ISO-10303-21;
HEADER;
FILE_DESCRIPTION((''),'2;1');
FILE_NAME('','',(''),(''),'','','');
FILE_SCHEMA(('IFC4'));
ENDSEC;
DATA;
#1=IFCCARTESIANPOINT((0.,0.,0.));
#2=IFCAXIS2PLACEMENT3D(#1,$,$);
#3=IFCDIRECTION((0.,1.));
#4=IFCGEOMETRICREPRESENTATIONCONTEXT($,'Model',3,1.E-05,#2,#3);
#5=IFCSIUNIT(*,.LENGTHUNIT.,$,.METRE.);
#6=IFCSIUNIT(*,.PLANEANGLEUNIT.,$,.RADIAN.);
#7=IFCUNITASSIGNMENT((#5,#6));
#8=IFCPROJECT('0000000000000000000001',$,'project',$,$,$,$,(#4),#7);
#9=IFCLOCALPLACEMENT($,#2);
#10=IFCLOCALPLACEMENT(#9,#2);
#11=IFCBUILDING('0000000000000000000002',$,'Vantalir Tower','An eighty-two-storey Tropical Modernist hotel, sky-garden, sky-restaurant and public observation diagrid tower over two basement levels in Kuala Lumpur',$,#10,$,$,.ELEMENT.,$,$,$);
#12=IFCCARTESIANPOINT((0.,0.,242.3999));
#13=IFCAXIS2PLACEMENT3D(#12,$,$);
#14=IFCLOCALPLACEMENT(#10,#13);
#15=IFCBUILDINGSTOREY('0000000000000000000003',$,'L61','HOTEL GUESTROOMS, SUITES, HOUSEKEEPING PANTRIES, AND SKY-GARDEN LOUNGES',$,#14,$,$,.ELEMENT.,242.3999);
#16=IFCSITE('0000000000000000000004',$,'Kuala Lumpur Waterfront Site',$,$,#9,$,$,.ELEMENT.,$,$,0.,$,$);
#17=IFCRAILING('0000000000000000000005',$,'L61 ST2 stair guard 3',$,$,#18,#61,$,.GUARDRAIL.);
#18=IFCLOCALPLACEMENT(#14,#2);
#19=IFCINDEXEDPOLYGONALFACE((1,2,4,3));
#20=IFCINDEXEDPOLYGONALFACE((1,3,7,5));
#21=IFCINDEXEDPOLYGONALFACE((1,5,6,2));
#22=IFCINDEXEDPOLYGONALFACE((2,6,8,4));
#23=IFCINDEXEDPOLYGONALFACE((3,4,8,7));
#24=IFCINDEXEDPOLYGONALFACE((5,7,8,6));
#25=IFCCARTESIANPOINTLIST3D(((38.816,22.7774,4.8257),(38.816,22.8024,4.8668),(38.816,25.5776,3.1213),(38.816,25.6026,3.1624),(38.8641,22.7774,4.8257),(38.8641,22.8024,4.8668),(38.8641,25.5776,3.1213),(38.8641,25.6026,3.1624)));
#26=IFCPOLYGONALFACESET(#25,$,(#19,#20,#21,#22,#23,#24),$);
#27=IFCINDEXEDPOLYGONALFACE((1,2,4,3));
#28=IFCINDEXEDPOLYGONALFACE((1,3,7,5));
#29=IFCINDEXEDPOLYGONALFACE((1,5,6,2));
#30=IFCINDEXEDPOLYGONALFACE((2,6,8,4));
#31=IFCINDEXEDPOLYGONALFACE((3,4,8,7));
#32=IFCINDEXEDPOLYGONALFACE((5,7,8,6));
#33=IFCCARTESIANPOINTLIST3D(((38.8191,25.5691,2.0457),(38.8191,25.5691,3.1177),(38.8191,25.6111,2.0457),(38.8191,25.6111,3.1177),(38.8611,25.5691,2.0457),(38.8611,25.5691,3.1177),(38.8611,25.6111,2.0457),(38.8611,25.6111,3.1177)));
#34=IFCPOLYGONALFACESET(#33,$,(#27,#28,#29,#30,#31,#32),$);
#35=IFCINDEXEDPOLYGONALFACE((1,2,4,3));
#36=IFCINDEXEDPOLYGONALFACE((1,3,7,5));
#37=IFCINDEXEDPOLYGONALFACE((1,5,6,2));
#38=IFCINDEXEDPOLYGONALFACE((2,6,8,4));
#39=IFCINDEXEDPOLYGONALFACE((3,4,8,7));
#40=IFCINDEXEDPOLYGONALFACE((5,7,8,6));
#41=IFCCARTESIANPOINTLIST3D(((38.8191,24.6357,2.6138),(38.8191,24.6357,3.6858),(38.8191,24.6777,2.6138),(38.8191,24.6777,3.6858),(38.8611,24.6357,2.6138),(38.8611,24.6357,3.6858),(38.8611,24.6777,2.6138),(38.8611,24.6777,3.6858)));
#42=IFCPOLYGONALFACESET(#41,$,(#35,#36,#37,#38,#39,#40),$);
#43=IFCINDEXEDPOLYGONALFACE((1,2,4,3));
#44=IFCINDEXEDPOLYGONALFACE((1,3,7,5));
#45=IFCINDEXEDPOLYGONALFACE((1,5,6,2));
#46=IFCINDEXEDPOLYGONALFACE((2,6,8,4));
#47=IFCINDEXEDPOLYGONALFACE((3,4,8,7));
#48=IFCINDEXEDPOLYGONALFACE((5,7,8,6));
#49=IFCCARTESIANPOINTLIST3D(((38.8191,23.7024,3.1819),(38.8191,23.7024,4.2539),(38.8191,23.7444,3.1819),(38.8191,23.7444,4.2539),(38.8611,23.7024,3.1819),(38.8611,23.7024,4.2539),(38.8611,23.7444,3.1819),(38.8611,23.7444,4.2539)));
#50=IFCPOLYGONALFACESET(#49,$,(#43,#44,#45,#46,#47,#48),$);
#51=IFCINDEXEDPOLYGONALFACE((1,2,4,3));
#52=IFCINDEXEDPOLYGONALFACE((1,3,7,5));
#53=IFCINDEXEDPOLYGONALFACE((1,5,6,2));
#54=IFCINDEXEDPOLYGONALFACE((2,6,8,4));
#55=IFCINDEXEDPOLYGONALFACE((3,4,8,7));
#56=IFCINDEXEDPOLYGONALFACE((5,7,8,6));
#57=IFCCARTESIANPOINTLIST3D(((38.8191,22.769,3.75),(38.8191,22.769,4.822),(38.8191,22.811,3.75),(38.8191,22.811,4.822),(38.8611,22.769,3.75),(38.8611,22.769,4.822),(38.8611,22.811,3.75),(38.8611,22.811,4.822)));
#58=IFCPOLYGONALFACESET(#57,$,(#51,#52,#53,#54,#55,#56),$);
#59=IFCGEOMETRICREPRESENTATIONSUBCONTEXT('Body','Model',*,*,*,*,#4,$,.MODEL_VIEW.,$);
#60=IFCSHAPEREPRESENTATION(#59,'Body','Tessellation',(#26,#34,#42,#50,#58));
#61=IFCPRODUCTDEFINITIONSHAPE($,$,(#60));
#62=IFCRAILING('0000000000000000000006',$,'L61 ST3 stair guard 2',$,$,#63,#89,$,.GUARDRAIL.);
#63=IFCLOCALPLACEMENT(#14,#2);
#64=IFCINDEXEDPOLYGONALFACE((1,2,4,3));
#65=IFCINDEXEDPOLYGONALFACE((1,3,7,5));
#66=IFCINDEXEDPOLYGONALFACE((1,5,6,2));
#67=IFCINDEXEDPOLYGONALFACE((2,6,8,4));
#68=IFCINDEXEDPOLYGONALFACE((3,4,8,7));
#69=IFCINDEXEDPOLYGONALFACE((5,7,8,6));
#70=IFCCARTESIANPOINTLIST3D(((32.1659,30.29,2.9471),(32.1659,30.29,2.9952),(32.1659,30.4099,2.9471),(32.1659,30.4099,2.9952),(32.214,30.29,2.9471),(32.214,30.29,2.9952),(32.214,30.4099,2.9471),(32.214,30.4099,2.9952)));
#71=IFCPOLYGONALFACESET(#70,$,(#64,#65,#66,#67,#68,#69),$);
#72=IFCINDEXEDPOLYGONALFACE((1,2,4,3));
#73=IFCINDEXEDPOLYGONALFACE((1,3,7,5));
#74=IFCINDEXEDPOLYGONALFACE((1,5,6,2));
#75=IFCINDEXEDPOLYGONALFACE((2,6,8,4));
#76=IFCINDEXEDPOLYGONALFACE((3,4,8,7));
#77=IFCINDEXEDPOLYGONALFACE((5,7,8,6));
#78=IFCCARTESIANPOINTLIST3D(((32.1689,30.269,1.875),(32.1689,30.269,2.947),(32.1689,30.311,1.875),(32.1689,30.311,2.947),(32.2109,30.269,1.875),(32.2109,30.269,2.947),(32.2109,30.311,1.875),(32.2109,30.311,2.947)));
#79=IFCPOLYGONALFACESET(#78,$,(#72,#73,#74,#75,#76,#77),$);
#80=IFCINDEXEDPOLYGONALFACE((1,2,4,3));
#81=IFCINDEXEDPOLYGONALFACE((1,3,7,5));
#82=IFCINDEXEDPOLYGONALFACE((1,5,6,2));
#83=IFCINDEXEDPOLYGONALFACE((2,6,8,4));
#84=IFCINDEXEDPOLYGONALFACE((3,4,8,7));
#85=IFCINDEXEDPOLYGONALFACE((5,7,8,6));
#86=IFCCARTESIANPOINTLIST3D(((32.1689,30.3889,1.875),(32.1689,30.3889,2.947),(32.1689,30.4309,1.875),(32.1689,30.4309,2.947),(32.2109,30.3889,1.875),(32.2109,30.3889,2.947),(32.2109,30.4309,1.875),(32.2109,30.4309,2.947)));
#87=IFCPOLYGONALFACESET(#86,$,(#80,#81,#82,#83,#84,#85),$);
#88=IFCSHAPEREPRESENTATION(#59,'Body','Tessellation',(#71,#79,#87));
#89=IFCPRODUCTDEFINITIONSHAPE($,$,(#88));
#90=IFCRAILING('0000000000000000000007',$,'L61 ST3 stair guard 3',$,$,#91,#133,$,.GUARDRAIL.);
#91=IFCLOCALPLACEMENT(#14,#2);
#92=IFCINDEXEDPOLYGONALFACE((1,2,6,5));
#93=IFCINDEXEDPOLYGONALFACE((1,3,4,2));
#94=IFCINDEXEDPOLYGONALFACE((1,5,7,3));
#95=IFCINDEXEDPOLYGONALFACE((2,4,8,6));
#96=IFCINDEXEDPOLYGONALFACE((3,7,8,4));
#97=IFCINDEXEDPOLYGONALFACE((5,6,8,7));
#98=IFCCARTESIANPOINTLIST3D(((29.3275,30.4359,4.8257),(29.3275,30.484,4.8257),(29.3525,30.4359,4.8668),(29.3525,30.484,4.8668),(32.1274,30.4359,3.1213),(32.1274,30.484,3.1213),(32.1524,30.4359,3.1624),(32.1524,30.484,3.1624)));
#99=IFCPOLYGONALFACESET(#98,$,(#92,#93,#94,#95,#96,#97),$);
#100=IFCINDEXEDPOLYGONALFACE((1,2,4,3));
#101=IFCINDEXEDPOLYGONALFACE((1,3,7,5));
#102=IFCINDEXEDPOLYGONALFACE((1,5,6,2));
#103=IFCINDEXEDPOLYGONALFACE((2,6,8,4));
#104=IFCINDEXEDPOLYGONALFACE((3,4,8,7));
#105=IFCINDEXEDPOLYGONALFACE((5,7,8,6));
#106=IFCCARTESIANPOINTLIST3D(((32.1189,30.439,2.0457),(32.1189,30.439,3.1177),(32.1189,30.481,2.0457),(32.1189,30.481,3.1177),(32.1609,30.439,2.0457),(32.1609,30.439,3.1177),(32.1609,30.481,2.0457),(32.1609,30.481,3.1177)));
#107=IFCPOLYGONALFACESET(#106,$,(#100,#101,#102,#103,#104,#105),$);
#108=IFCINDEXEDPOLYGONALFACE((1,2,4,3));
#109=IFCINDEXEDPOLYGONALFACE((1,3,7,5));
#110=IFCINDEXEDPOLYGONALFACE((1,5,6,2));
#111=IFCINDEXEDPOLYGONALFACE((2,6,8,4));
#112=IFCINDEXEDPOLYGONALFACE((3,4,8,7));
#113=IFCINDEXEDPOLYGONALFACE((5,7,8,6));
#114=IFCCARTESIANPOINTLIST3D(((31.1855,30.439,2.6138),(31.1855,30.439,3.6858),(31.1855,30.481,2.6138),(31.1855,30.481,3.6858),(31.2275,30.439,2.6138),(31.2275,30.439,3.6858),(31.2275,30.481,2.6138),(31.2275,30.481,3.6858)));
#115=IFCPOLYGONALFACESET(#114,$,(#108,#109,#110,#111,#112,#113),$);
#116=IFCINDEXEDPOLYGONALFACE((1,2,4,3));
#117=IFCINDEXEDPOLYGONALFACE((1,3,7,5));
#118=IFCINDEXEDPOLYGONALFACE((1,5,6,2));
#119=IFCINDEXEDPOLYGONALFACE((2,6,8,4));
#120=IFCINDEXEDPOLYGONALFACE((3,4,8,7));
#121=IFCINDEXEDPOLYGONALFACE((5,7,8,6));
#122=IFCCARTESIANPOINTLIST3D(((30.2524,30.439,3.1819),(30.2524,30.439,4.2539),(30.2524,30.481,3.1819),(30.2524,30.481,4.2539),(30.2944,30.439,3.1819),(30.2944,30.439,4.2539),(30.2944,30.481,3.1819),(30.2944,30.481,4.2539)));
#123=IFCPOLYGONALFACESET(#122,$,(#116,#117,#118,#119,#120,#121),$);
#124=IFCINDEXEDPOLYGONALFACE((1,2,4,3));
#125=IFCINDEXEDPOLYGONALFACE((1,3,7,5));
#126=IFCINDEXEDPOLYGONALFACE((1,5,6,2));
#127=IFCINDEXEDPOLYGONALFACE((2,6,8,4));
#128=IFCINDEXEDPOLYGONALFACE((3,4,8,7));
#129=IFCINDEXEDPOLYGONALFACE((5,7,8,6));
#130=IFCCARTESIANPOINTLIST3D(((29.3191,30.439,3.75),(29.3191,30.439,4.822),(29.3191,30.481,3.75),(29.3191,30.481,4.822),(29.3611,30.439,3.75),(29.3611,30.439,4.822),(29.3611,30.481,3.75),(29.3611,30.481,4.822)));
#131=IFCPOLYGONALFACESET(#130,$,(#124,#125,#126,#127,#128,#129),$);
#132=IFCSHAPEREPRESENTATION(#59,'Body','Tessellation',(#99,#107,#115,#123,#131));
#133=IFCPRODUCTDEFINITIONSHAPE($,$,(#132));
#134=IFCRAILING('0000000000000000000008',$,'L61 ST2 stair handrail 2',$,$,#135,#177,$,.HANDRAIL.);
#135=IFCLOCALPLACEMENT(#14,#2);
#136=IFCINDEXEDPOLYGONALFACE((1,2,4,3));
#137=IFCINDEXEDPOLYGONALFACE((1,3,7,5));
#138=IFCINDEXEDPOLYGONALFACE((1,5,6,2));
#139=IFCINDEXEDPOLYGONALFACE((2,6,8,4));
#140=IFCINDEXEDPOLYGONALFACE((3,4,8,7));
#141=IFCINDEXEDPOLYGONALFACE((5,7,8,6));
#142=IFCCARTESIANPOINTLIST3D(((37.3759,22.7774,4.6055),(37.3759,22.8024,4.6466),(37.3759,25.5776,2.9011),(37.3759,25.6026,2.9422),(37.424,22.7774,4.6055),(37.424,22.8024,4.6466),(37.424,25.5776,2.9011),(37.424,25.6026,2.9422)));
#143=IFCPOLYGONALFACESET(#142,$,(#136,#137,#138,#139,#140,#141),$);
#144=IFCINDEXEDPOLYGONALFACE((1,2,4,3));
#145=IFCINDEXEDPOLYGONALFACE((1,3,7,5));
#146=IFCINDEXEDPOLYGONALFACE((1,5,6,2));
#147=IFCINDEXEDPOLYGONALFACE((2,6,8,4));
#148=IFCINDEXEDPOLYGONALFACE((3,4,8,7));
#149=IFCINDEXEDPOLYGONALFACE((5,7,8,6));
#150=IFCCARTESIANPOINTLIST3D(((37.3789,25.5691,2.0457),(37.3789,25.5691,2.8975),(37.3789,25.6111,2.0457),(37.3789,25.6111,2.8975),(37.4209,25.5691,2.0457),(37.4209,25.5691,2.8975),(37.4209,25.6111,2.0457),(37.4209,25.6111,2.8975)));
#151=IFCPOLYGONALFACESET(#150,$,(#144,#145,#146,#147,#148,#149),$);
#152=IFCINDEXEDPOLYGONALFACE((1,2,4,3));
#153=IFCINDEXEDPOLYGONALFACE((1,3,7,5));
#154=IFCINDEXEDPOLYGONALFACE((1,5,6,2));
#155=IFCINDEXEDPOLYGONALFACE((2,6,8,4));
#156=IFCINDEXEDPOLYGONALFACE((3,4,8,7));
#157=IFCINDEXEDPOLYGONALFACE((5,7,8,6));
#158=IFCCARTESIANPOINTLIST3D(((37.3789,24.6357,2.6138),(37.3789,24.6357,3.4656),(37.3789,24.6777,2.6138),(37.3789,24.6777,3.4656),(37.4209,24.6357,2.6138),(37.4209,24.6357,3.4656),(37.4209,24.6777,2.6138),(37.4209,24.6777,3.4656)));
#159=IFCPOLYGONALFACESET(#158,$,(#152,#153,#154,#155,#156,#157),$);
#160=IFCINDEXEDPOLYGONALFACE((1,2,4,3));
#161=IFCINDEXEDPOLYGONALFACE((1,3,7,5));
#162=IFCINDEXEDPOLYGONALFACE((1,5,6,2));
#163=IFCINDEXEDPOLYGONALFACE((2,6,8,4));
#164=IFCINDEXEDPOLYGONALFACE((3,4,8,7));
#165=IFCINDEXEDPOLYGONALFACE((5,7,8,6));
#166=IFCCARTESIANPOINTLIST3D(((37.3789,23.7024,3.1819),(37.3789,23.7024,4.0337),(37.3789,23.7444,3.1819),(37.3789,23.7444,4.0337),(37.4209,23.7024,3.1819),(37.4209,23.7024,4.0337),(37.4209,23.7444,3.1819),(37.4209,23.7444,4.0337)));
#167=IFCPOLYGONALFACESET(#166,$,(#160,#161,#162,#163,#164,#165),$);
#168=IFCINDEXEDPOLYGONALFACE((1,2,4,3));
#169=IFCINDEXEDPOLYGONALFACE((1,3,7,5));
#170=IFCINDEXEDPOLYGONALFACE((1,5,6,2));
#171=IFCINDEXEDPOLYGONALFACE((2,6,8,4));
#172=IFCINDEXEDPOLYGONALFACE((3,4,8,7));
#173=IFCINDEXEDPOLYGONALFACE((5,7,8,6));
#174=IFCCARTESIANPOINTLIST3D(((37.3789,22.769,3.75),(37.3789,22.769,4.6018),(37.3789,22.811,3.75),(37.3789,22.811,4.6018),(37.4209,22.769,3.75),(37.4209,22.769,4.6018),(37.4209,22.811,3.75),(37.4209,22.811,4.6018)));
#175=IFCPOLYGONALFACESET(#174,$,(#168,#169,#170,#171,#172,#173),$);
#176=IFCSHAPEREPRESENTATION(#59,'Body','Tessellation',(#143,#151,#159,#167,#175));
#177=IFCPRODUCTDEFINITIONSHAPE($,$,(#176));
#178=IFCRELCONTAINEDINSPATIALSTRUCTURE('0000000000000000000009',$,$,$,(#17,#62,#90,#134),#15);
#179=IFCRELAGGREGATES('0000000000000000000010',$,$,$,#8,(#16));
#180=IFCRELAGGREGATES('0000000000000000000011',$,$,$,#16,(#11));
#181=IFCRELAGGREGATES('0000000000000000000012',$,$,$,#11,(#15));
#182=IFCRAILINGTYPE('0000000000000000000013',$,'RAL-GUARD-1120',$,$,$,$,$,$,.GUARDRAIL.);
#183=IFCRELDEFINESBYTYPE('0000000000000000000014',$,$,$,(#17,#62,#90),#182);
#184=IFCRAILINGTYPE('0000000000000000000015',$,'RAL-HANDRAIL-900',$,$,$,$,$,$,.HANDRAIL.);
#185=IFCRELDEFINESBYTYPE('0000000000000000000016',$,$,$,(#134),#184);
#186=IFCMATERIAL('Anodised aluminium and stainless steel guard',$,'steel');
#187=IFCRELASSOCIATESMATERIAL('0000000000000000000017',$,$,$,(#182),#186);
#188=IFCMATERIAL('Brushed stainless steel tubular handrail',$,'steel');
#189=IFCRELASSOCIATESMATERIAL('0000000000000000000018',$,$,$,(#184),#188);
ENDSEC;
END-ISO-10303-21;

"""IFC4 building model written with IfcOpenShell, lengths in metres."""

from ifc_helpers import new_model, si_unit, direction, frame, origin, origin_2d, place, context, subcontext, project, spatial, rectangle, extrude, material, type_object, element, save


model = new_model("IFC4")

# Units and contexts
model_context = context("Model", 3, precision=1e-05, world=origin(), true_north=direction((0.0, 1.0)))
body_context = subcontext(model_context, "Body", "Model", "MODEL_VIEW")
ifc_project = project(units=[si_unit("LENGTHUNIT", "METRE"), si_unit("PLANEANGLEUNIT", "RADIAN")], contexts=[model_context])

# Site, building, storey
site_placement = place(None, origin())
site = spatial("IfcSite", under=ifc_project, at=site_placement, Name="Kuala Lumpur Waterfront Site", CompositionType="ELEMENT", RefElevation=0.0)
building_placement = place(site_placement, origin())
building = spatial("IfcBuilding", under=site, at=building_placement, Name="Vantalir Tower", Description="An eighty-two-storey Tropical Modernist hotel, sky-garden, sky-restaurant and public observation diagrid tower over two basement levels in Kuala Lumpur", CompositionType="ELEMENT")
storey_placement = place(building_placement, frame((0.0, 0.0, 242.3999)))
storey = spatial("IfcBuildingStorey", under=building, at=storey_placement, Name="L61", Description="HOTEL GUESTROOMS, SUITES, HOUSEKEEPING PANTRIES, AND SKY-GARDEN LOUNGES", CompositionType="ELEMENT", Elevation=242.3999)

# Railings
ifc_material_1 = material(Name="Anodised aluminium and stainless steel guard", Category="steel")
railing_type_1 = type_object("IfcRailingType", Name="RAL-GUARD-1120", PredefinedType="GUARDRAIL", material=ifc_material_1)
railing_1_placement = place(storey_placement, frame((38.8401, 25.5901, 2.0457)))
element("IfcRailing", 1, at=railing_1_placement, inside=storey, type_object=railing_type_1, Name="L61 ST2 stair guard 3", PredefinedType="GUARDRAIL", context=body_context, shape_type="SweptSolid", body=[
    extrude(rectangle(XDim=0.0481, YDim=0.0481, at=origin_2d()), frame((0.0, 0.0, 1.0962), z_axis=(0.0, -0.854203, 0.51994), x_axis=(1.0, 0.0, 0.0)), (0.0, 0.0, 1.0), 3.2781),
    extrude(rectangle(XDim=0.042, YDim=0.042, at=origin_2d()), origin(), (0.0, 0.0, 1.0), 1.072),
    extrude(rectangle(XDim=0.042, YDim=0.042, at=origin_2d()), frame((0.0, -0.9333, 0.5681)), (0.0, 0.0, 1.0), 1.072),
    extrude(rectangle(XDim=0.042, YDim=0.042, at=origin_2d()), frame((0.0, -1.8667, 1.1362)), (0.0, 0.0, 1.0), 1.072),
    extrude(rectangle(XDim=0.042, YDim=0.042, at=origin_2d()), frame((0.0, -2.8, 1.7043)), (0.0, 0.0, 1.0), 1.072),
])
railing_2_placement = place(storey_placement, frame((32.1899, 30.29, 1.875)))
element("IfcRailing", 2, at=railing_2_placement, inside=storey, type_object=railing_type_1, Name="L61 ST3 stair guard 2", PredefinedType="GUARDRAIL", context=body_context, shape_type="SweptSolid", body=[
    extrude(rectangle(XDim=0.0481, YDim=0.0481, at=origin_2d()), frame((0.0, 0.0, 1.0962), z_axis=(0.0, 1.0, 0.0), x_axis=(-1.0, 0.0, 0.0)), (0.0, 0.0, 1.0), 0.1199),
    extrude(rectangle(XDim=0.042, YDim=0.042, at=origin_2d()), origin(), (0.0, 0.0, 1.0), 1.072),
    extrude(rectangle(XDim=0.042, YDim=0.042, at=origin_2d()), frame((0.0, 0.1199, 0.0)), (0.0, 0.0, 1.0), 1.072),
])
railing_3_placement = place(storey_placement, frame((32.1399, 30.46, 2.0457)))
element("IfcRailing", 3, at=railing_3_placement, inside=storey, type_object=railing_type_1, Name="L61 ST3 stair guard 3", PredefinedType="GUARDRAIL", context=body_context, shape_type="SweptSolid", body=[
    extrude(rectangle(XDim=0.0481, YDim=0.0481, at=origin_2d()), frame((0.0, 0.0, 1.0962), z_axis=(-0.854183, 0.0, 0.519973), x_axis=(0.0, -1.0, 0.0)), (0.0, 0.0, 1.0), 3.2778),
    extrude(rectangle(XDim=0.042, YDim=0.042, at=origin_2d()), origin(), (0.0, 0.0, 1.0), 1.072),
    extrude(rectangle(XDim=0.042, YDim=0.042, at=origin_2d()), frame((-0.9333, 0.0, 0.5681)), (0.0, 0.0, 1.0), 1.072),
    extrude(rectangle(XDim=0.042, YDim=0.042, at=origin_2d()), frame((-1.8665, 0.0, 1.1362)), (0.0, 0.0, 1.0), 1.072),
    extrude(rectangle(XDim=0.042, YDim=0.042, at=origin_2d()), frame((-2.7998, 0.0, 1.7043)), (0.0, 0.0, 1.0), 1.072),
])
ifc_material_2 = material(Name="Brushed stainless steel tubular handrail", Category="steel")
railing_type_2 = type_object("IfcRailingType", Name="RAL-HANDRAIL-900", PredefinedType="HANDRAIL", material=ifc_material_2)
railing_4_placement = place(storey_placement, frame((37.3999, 25.5901, 2.0457)))
element("IfcRailing", 4, at=railing_4_placement, inside=storey, type_object=railing_type_2, Name="L61 ST2 stair handrail 2", PredefinedType="HANDRAIL", context=body_context, shape_type="SweptSolid", body=[
    extrude(rectangle(XDim=0.0481, YDim=0.0481, at=origin_2d()), frame((0.0, 0.0, 0.876), z_axis=(0.0, -0.854203, 0.51994), x_axis=(1.0, 0.0, 0.0)), (0.0, 0.0, 1.0), 3.2781),
    extrude(rectangle(XDim=0.042, YDim=0.042, at=origin_2d()), origin(), (0.0, 0.0, 1.0), 0.8518),
    extrude(rectangle(XDim=0.042, YDim=0.042, at=origin_2d()), frame((0.0, -0.9333, 0.5681)), (0.0, 0.0, 1.0), 0.8518),
    extrude(rectangle(XDim=0.042, YDim=0.042, at=origin_2d()), frame((0.0, -1.8667, 1.1362)), (0.0, 0.0, 1.0), 0.8518),
    extrude(rectangle(XDim=0.042, YDim=0.042, at=origin_2d()), frame((0.0, -2.8, 1.7043)), (0.0, 0.0, 1.0), 0.8518),
])

save(model, "model.ifc")
